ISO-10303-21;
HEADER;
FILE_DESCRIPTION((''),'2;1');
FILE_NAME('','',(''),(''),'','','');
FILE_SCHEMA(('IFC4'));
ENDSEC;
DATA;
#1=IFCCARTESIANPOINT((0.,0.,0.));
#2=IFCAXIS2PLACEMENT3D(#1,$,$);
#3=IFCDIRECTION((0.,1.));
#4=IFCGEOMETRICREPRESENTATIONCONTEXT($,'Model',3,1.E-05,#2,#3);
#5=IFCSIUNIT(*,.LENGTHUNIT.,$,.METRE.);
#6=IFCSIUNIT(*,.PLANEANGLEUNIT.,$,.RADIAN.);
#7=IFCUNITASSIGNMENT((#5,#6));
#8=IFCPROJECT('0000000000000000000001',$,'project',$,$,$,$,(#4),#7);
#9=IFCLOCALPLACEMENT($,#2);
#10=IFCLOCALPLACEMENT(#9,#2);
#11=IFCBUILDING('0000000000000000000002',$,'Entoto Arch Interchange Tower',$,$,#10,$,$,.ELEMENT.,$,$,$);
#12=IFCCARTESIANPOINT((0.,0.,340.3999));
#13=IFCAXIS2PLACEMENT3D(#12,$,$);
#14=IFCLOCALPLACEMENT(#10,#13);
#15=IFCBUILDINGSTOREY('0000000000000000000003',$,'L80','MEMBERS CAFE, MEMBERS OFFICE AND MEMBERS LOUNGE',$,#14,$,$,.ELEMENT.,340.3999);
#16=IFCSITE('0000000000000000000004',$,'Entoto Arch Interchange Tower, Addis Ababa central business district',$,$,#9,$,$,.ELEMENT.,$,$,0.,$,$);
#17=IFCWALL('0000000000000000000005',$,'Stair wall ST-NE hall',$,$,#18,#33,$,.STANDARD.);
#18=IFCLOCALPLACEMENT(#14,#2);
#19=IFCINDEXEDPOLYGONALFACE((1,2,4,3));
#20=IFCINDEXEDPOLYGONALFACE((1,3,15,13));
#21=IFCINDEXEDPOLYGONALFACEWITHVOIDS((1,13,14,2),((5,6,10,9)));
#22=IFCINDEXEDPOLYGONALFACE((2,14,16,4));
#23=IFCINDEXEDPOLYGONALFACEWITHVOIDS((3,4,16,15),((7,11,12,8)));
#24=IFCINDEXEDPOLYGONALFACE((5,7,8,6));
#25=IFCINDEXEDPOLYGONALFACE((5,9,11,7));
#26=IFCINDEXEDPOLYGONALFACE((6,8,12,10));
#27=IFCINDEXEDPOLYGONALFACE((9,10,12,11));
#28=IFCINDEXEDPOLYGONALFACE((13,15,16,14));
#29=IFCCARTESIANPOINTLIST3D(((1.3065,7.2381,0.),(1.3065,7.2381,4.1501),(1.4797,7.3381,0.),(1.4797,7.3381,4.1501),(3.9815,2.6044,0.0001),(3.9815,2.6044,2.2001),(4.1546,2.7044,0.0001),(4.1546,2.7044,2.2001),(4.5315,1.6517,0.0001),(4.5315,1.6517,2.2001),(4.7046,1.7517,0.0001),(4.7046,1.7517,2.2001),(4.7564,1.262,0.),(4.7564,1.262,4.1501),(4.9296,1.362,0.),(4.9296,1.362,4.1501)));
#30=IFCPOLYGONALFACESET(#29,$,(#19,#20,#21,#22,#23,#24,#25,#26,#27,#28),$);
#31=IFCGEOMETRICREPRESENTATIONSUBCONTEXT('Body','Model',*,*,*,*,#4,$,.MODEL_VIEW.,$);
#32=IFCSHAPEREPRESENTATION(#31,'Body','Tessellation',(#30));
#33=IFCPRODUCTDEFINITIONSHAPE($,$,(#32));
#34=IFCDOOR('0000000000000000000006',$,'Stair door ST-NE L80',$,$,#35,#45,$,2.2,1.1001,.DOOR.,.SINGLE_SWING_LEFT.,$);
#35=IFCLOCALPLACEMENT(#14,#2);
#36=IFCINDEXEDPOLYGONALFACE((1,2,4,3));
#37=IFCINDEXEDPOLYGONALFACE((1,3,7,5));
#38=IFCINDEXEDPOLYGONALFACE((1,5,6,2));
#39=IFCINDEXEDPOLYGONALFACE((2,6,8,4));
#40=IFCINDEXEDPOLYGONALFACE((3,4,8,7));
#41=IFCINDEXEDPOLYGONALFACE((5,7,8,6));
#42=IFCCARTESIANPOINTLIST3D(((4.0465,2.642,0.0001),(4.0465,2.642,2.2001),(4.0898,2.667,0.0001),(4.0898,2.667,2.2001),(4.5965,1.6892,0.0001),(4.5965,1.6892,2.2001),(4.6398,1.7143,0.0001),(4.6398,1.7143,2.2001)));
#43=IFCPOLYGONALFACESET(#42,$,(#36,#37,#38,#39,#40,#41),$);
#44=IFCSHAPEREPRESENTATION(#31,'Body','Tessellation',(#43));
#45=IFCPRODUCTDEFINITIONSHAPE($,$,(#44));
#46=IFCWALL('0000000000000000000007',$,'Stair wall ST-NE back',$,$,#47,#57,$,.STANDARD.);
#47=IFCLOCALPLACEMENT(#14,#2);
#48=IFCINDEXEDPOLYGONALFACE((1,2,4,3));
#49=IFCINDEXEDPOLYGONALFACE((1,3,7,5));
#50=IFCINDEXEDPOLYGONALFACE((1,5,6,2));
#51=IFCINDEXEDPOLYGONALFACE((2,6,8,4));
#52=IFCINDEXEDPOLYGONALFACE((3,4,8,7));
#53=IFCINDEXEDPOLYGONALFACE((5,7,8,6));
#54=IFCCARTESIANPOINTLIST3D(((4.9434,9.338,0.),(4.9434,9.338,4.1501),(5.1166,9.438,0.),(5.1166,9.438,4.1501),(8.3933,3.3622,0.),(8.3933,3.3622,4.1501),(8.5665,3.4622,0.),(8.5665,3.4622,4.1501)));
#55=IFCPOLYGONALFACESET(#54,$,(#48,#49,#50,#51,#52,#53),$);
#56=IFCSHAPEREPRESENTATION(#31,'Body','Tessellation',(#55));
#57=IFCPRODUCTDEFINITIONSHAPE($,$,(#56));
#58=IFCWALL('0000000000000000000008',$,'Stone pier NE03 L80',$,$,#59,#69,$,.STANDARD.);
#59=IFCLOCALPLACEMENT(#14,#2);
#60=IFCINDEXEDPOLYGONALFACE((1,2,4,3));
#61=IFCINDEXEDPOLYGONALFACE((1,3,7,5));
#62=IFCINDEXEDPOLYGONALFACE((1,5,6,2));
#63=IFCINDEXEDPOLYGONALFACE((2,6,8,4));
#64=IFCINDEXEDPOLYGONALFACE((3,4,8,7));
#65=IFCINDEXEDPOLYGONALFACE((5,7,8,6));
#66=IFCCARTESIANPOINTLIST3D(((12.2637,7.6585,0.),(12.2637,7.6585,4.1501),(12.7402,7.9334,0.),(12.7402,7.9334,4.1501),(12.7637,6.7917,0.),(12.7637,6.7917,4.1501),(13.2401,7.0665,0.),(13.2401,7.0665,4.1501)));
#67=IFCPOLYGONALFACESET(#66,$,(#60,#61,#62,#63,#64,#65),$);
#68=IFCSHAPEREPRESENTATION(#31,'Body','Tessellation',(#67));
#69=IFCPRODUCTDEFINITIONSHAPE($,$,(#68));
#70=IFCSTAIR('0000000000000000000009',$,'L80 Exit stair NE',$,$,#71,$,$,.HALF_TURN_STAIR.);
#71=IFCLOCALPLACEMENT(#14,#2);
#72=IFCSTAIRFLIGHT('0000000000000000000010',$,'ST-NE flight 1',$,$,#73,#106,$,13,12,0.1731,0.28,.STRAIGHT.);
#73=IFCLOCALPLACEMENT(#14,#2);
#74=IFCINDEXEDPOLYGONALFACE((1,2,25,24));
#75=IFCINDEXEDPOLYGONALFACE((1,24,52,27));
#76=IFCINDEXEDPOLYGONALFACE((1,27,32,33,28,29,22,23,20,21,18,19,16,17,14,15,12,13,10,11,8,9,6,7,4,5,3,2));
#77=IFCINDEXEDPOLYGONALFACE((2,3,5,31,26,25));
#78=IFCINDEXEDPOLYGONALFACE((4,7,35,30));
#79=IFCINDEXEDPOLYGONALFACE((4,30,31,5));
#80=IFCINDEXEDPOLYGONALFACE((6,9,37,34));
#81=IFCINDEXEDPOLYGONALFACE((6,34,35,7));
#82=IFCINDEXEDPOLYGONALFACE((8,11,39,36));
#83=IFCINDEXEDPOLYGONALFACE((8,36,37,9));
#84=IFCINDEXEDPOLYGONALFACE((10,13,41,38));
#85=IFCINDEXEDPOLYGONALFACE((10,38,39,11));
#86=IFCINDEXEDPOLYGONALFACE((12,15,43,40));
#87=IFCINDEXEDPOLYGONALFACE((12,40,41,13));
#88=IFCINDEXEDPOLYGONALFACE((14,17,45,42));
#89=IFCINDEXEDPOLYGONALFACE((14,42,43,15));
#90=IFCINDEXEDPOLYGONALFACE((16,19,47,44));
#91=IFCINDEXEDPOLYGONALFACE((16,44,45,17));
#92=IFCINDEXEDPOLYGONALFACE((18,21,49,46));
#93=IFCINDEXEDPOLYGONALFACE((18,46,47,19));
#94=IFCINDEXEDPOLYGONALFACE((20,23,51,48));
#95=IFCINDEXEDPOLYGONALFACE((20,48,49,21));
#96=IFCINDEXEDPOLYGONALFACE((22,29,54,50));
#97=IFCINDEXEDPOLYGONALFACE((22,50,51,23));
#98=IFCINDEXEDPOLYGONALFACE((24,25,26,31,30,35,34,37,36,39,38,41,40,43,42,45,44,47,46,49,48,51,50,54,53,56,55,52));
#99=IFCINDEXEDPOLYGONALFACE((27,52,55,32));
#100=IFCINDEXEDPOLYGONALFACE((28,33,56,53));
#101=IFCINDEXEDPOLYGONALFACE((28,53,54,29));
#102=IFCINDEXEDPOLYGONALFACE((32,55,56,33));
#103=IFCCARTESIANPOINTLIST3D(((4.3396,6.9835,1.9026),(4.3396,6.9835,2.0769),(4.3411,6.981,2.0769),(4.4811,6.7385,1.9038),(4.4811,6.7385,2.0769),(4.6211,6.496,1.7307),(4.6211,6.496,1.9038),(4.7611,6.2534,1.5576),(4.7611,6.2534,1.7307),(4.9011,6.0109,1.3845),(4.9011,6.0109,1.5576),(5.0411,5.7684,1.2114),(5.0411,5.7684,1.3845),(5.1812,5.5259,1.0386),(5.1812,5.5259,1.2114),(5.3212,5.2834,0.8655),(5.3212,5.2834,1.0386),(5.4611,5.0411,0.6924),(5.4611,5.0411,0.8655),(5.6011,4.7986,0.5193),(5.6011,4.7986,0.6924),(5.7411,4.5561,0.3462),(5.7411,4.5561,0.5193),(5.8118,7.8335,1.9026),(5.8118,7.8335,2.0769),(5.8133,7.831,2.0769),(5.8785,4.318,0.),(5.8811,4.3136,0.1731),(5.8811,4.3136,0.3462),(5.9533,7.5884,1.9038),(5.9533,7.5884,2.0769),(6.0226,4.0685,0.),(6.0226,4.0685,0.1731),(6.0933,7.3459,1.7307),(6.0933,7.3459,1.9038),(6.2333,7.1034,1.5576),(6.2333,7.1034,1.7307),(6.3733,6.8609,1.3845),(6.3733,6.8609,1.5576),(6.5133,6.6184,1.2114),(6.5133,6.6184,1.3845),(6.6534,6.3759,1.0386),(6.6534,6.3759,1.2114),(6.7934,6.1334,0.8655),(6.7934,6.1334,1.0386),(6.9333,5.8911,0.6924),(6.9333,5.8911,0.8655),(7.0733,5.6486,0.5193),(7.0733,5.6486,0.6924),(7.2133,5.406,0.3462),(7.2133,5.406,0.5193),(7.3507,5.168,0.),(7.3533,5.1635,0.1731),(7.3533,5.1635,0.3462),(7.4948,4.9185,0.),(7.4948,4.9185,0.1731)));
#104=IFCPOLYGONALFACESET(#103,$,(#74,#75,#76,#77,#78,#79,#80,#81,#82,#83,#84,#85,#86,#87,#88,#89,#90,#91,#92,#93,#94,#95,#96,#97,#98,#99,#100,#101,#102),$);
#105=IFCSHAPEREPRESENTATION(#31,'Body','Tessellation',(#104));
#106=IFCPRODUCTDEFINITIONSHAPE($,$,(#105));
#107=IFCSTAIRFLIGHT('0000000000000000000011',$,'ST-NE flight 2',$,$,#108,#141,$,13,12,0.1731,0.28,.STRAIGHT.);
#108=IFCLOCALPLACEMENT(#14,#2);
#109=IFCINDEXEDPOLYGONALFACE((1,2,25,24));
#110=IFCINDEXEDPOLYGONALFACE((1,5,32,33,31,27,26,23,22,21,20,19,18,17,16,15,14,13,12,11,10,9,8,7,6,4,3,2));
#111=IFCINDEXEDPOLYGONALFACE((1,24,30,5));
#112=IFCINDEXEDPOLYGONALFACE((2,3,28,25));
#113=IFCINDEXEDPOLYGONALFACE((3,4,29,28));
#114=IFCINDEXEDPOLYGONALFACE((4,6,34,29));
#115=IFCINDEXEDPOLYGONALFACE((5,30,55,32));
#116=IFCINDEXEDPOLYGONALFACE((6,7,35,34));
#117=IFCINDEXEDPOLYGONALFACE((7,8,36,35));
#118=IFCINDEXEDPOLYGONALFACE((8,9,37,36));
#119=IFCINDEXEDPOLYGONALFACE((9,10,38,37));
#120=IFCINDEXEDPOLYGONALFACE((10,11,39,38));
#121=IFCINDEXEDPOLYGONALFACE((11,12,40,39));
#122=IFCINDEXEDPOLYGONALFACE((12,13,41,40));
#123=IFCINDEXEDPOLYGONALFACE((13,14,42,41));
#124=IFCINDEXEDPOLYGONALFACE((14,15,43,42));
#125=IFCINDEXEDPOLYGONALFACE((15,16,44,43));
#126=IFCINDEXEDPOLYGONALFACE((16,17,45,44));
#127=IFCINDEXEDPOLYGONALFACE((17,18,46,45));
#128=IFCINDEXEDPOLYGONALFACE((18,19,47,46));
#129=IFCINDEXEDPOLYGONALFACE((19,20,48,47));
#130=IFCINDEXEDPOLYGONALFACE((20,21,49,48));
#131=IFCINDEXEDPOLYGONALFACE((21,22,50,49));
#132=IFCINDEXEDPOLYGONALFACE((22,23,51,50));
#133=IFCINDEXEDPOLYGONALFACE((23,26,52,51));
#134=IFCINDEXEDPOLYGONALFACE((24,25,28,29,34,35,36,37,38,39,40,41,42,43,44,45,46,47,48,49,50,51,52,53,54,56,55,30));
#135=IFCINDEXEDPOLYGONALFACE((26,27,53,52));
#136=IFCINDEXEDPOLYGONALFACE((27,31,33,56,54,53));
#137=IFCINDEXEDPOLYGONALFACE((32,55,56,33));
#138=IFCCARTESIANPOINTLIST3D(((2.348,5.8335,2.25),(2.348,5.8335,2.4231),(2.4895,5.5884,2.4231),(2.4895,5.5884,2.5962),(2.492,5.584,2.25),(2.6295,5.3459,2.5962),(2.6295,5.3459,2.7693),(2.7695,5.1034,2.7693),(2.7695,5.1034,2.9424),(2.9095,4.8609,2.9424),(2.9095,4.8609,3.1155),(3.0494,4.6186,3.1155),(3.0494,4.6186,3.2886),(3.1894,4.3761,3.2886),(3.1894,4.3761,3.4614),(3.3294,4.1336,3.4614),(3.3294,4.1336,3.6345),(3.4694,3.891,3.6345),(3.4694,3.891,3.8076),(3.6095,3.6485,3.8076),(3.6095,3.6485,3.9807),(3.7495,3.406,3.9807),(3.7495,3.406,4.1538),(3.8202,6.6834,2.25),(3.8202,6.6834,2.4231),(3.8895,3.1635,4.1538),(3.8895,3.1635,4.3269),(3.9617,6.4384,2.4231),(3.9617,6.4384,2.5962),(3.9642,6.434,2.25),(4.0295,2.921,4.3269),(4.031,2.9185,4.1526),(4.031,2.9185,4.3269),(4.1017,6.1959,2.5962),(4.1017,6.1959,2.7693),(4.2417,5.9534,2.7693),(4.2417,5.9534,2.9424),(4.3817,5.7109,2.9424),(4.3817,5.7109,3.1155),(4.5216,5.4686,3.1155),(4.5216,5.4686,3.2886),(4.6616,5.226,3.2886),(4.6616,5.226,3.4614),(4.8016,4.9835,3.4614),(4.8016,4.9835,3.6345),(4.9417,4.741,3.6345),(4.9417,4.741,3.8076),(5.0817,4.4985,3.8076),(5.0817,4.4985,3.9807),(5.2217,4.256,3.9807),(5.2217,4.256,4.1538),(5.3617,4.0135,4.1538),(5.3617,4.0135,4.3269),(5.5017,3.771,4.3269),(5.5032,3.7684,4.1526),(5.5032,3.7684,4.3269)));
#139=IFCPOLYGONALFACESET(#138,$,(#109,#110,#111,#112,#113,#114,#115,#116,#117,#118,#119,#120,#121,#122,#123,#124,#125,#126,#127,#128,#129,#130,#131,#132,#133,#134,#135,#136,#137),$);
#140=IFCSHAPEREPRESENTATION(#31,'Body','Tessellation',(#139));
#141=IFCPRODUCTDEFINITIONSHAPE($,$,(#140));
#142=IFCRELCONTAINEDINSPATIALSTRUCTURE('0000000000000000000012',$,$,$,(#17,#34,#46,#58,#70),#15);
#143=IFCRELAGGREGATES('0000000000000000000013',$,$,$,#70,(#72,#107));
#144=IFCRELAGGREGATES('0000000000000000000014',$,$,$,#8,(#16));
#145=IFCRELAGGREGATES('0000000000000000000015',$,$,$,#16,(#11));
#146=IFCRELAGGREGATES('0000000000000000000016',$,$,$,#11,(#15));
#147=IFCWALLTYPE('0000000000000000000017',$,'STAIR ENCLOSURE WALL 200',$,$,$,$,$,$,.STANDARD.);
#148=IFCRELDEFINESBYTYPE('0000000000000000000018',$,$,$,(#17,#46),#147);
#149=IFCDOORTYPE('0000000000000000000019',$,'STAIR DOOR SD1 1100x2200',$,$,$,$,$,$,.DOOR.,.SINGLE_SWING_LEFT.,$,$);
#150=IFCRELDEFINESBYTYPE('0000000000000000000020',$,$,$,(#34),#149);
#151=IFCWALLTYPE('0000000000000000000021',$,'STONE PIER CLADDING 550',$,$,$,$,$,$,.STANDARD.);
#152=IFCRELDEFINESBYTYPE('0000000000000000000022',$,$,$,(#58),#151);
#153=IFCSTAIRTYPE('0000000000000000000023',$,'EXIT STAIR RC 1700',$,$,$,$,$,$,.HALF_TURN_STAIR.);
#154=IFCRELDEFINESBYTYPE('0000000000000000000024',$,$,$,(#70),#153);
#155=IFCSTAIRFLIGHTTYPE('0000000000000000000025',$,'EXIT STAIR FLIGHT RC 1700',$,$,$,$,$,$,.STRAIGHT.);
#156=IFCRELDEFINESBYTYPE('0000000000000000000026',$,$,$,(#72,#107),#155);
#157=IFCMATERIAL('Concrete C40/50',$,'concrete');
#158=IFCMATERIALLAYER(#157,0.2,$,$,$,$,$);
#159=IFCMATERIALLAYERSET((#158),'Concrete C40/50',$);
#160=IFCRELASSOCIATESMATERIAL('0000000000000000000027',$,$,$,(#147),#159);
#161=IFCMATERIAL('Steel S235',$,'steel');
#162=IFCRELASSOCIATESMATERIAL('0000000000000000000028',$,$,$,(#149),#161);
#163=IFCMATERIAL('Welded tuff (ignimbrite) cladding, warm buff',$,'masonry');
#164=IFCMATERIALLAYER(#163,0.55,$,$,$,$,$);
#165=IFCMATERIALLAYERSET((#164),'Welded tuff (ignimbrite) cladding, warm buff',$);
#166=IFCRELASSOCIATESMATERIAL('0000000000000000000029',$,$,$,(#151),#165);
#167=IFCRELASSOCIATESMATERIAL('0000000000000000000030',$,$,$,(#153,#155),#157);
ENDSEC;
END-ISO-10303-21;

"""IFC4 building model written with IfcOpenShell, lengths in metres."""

from ifc_helpers import new_model, si_unit, direction, frame, frame_2d, origin, place, context, subcontext, project, spatial, polyline, rectangle, outline, extrude, material, layer, layer_set, type_object, element, fill, aggregate, save


model = new_model("IFC4")

# Units and contexts
model_context = context("Model", 3, precision=1e-05, world=origin(), true_north=direction((0.0, 1.0)))
body_context = subcontext(model_context, "Body", "Model", "MODEL_VIEW")
ifc_project = project(units=[si_unit("LENGTHUNIT", "METRE"), si_unit("PLANEANGLEUNIT", "RADIAN")], contexts=[model_context])

# Site, building, storey
site_placement = place(None, origin())
site = spatial("IfcSite", under=ifc_project, at=site_placement, Name="Entoto Arch Interchange Tower, Addis Ababa central business district", CompositionType="ELEMENT", RefElevation=0.0)
building_placement = place(site_placement, origin())
building = spatial("IfcBuilding", under=site, at=building_placement, Name="Entoto Arch Interchange Tower", CompositionType="ELEMENT")
storey_placement = place(building_placement, frame((0.0, 0.0, 340.3999)))
storey = spatial("IfcBuildingStorey", under=building, at=storey_placement, Name="L80", Description="MEMBERS CAFE, MEMBERS OFFICE AND MEMBERS LOUNGE", CompositionType="ELEMENT", Elevation=340.3999)

# Shared definitions
ifc_material_1 = material(Name="Concrete C40/50", Category="concrete")

# Wall, opening, door
ifc_layer_1 = layer(ifc_material_1, 0.2)
ifc_layer_set_1 = layer_set([ifc_layer_1], Name="Concrete C40/50")
wall_type_1 = type_object("IfcWallType", Name="STAIR ENCLOSURE WALL 200", PredefinedType="STANDARD", material=ifc_layer_set_1)
ifc_material_2 = material(Name="Steel S235", Category="steel")
door_type_1 = type_object("IfcDoorType", Name="STAIR DOOR SD1 1100x2200", OperationType="SINGLE_SWING_LEFT", PredefinedType="DOOR", material=ifc_material_2)
wall_1_placement = place(storey_placement, frame((4.843, 1.312, 0.0), z_axis=(0.0, 0.0, 1.0), x_axis=(-0.499963, 0.866047, 0.0)))
wall_1 = element("IfcWall", 1, at=wall_1_placement, inside=storey, type_object=wall_type_1, Name="Stair wall ST-NE hall", PredefinedType="STANDARD", context=body_context, shape_type="SweptSolid", body=[
    extrude(rectangle(XDim=6.9004, YDim=0.2, at=frame_2d((3.4502, 0.0))), origin(), (0.0, 0.0, 1.0), 4.1501),
])
opening_1_placement = place(wall_1_placement, frame((0.45, 0.0, 0.0)))
opening_1 = element("IfcOpeningElement", 2, at=opening_1_placement, cuts=wall_1, PredefinedType="OPENING", context=body_context, shape_type="SweptSolid", body=[
    extrude(rectangle(XDim=1.1001, YDim=2.2, at=frame_2d((0.55, 1.1001))), frame((0.0, 0.1099, 0.0), z_axis=(0.0, -1.0, 0.0), x_axis=(1.0, 0.0, 0.0)), (0.0, 0.0, 1.0), 0.22),
])
door_1_placement = place(opening_1_placement, origin())
door_1 = element("IfcDoor", 3, at=door_1_placement, inside=storey, type_object=door_type_1, Name="Stair door ST-NE L80", OperationType="SINGLE_SWING_LEFT", OverallHeight=2.2, OverallWidth=1.1001, PredefinedType="DOOR", context=body_context, shape_type="SweptSolid", body=[
    extrude(rectangle(XDim=1.1001, YDim=2.2, at=frame_2d((0.55, 1.1001))), frame((0.0, 0.0249, 0.0), z_axis=(0.0, -1.0, 0.0), x_axis=(1.0, 0.0, 0.0)), (0.0, 0.0, 1.0), 0.05),
])
fill(opening_1, door_1)

# Wall
wall_2_placement = place(storey_placement, frame((8.48, 3.4121, 0.0), z_axis=(0.0, 0.0, 1.0), x_axis=(-0.499979, 0.866038, 0.0)))
element("IfcWall", 4, at=wall_2_placement, inside=storey, type_object=wall_type_1, Name="Stair wall ST-NE back", PredefinedType="STANDARD", context=body_context, shape_type="SweptSolid", body=[
    extrude(rectangle(XDim=6.9001, YDim=0.2, at=frame_2d((3.4502, 0.0))), origin(), (0.0, 0.0, 1.0), 4.1501),
])

# Shared definitions
ifc_material_3 = material(Name="Welded tuff (ignimbrite) cladding, warm buff", Category="masonry")

# Wall
ifc_layer_2 = layer(ifc_material_3, 0.55)
ifc_layer_set_2 = layer_set([ifc_layer_2], Name="Welded tuff (ignimbrite) cladding, warm buff")
wall_type_2 = type_object("IfcWallType", Name="STONE PIER CLADDING 550", PredefinedType="STANDARD", material=ifc_layer_set_2)
wall_3_placement = place(storey_placement, frame((13.002, 6.929, 0.0), z_axis=(0.0, 0.0, 1.0), x_axis=(-0.499603, 0.866255, 0.0)))
element("IfcWall", 5, at=wall_3_placement, inside=storey, type_object=wall_type_2, Name="Stone pier NE03 L80", PredefinedType="STANDARD", context=body_context, shape_type="SweptSolid", body=[
    extrude(rectangle(XDim=1.0007, YDim=0.55, at=frame_2d((0.5005, 0.0))), origin(), (0.0, 0.0, 1.0), 4.1501),
])

# Stair, stair flights
stair_type = type_object("IfcStairType", Name="EXIT STAIR RC 1700", PredefinedType="HALF_TURN_STAIR", material=ifc_material_1)
stair_placement = place(storey_placement, origin())
stair = element("IfcStair", 6, at=stair_placement, inside=storey, type_object=stair_type, Name="L80 Exit stair NE", PredefinedType="HALF_TURN_STAIR")
stair_flight_type = type_object("IfcStairFlightType", Name="EXIT STAIR FLIGHT RC 1700", PredefinedType="STRAIGHT", material=ifc_material_1)
stair_flight_1_placement = place(storey_placement, frame((6.7573, 4.4961, 0.0), z_axis=(0.0, 0.0, 1.0), x_axis=(-0.5, 0.866025, 0.0)))
stair_flight_1 = element("IfcStairFlight", 7, at=stair_flight_1_placement, type_object=stair_flight_type, Name="ST-NE flight 1", NumberOfRisers=13, NumberOfTreads=12, PredefinedType="STRAIGHT", RiserHeight=0.1731, TreadLength=0.28, context=body_context, shape_type="SweptSolid", body=[
    extrude(outline(polyline([(-0.0029, 0.0), (-0.0029, 0.1731), (0.28, 0.1731), (0.28, 0.3462), (0.5601, 0.3462), (0.5601, 0.5193), (0.8401, 0.5193), (0.8401, 0.6924), (1.1201, 0.6924), (1.1201, 0.8655), (1.3999, 0.8655), (1.3999, 1.0386), (1.6799, 1.0386), (1.6799, 1.2114), (1.96, 1.2114), (1.96, 1.3845), (2.24, 1.3845), (2.24, 1.5576), (2.52, 1.5576), (2.52, 1.7307), (2.8, 1.7307), (2.8, 1.9038), (3.0801, 1.9038), (3.0801, 2.0769), (3.3601, 2.0769), (3.363, 2.0769), (3.363, 1.9026), (0.2852, 0.0), (-0.0029, 0.0)])), frame((0.0, 0.8501, 0.0), z_axis=(0.0, -1.0, 0.0), x_axis=(1.0, 0.0, 0.0)), (0.0, 0.0, 1.0), 1.7),
])
stair_flight_2_placement = place(storey_placement, frame((3.0854, 6.2559, 2.25), z_axis=(0.0, 0.0, 1.0), x_axis=(0.5, -0.866025, 0.0)))
stair_flight_2 = element("IfcStairFlight", 8, at=stair_flight_2_placement, type_object=stair_flight_type, Name="ST-NE flight 2", NumberOfRisers=13, NumberOfTreads=12, PredefinedType="STRAIGHT", RiserHeight=0.1731, TreadLength=0.28, context=body_context, shape_type="SweptSolid", body=[
    extrude(outline(polyline([(-0.0029, 0.0), (-0.0029, 0.1731), (0.28, 0.1731), (0.28, 0.3462), (0.5601, 0.3462), (0.5601, 0.5193), (0.8401, 0.5193), (0.8401, 0.6924), (1.1201, 0.6924), (1.1201, 0.8655), (1.3999, 0.8655), (1.3999, 1.0386), (1.6799, 1.0386), (1.6799, 1.2114), (1.96, 1.2114), (1.96, 1.3845), (2.24, 1.3845), (2.24, 1.5576), (2.52, 1.5576), (2.52, 1.7307), (2.8, 1.7307), (2.8, 1.9038), (3.0801, 1.9038), (3.0801, 2.0769), (3.3601, 2.0769), (3.363, 2.0769), (3.363, 1.9026), (0.2852, 0.0), (-0.0029, 0.0)])), frame((0.0, 0.8501, 0.0), z_axis=(0.0, -1.0, 0.0), x_axis=(1.0, 0.0, 0.0)), (0.0, 0.0, 1.0), 1.7),
])
aggregate(stair, [stair_flight_1, stair_flight_2])

save(model, "model.ifc")
